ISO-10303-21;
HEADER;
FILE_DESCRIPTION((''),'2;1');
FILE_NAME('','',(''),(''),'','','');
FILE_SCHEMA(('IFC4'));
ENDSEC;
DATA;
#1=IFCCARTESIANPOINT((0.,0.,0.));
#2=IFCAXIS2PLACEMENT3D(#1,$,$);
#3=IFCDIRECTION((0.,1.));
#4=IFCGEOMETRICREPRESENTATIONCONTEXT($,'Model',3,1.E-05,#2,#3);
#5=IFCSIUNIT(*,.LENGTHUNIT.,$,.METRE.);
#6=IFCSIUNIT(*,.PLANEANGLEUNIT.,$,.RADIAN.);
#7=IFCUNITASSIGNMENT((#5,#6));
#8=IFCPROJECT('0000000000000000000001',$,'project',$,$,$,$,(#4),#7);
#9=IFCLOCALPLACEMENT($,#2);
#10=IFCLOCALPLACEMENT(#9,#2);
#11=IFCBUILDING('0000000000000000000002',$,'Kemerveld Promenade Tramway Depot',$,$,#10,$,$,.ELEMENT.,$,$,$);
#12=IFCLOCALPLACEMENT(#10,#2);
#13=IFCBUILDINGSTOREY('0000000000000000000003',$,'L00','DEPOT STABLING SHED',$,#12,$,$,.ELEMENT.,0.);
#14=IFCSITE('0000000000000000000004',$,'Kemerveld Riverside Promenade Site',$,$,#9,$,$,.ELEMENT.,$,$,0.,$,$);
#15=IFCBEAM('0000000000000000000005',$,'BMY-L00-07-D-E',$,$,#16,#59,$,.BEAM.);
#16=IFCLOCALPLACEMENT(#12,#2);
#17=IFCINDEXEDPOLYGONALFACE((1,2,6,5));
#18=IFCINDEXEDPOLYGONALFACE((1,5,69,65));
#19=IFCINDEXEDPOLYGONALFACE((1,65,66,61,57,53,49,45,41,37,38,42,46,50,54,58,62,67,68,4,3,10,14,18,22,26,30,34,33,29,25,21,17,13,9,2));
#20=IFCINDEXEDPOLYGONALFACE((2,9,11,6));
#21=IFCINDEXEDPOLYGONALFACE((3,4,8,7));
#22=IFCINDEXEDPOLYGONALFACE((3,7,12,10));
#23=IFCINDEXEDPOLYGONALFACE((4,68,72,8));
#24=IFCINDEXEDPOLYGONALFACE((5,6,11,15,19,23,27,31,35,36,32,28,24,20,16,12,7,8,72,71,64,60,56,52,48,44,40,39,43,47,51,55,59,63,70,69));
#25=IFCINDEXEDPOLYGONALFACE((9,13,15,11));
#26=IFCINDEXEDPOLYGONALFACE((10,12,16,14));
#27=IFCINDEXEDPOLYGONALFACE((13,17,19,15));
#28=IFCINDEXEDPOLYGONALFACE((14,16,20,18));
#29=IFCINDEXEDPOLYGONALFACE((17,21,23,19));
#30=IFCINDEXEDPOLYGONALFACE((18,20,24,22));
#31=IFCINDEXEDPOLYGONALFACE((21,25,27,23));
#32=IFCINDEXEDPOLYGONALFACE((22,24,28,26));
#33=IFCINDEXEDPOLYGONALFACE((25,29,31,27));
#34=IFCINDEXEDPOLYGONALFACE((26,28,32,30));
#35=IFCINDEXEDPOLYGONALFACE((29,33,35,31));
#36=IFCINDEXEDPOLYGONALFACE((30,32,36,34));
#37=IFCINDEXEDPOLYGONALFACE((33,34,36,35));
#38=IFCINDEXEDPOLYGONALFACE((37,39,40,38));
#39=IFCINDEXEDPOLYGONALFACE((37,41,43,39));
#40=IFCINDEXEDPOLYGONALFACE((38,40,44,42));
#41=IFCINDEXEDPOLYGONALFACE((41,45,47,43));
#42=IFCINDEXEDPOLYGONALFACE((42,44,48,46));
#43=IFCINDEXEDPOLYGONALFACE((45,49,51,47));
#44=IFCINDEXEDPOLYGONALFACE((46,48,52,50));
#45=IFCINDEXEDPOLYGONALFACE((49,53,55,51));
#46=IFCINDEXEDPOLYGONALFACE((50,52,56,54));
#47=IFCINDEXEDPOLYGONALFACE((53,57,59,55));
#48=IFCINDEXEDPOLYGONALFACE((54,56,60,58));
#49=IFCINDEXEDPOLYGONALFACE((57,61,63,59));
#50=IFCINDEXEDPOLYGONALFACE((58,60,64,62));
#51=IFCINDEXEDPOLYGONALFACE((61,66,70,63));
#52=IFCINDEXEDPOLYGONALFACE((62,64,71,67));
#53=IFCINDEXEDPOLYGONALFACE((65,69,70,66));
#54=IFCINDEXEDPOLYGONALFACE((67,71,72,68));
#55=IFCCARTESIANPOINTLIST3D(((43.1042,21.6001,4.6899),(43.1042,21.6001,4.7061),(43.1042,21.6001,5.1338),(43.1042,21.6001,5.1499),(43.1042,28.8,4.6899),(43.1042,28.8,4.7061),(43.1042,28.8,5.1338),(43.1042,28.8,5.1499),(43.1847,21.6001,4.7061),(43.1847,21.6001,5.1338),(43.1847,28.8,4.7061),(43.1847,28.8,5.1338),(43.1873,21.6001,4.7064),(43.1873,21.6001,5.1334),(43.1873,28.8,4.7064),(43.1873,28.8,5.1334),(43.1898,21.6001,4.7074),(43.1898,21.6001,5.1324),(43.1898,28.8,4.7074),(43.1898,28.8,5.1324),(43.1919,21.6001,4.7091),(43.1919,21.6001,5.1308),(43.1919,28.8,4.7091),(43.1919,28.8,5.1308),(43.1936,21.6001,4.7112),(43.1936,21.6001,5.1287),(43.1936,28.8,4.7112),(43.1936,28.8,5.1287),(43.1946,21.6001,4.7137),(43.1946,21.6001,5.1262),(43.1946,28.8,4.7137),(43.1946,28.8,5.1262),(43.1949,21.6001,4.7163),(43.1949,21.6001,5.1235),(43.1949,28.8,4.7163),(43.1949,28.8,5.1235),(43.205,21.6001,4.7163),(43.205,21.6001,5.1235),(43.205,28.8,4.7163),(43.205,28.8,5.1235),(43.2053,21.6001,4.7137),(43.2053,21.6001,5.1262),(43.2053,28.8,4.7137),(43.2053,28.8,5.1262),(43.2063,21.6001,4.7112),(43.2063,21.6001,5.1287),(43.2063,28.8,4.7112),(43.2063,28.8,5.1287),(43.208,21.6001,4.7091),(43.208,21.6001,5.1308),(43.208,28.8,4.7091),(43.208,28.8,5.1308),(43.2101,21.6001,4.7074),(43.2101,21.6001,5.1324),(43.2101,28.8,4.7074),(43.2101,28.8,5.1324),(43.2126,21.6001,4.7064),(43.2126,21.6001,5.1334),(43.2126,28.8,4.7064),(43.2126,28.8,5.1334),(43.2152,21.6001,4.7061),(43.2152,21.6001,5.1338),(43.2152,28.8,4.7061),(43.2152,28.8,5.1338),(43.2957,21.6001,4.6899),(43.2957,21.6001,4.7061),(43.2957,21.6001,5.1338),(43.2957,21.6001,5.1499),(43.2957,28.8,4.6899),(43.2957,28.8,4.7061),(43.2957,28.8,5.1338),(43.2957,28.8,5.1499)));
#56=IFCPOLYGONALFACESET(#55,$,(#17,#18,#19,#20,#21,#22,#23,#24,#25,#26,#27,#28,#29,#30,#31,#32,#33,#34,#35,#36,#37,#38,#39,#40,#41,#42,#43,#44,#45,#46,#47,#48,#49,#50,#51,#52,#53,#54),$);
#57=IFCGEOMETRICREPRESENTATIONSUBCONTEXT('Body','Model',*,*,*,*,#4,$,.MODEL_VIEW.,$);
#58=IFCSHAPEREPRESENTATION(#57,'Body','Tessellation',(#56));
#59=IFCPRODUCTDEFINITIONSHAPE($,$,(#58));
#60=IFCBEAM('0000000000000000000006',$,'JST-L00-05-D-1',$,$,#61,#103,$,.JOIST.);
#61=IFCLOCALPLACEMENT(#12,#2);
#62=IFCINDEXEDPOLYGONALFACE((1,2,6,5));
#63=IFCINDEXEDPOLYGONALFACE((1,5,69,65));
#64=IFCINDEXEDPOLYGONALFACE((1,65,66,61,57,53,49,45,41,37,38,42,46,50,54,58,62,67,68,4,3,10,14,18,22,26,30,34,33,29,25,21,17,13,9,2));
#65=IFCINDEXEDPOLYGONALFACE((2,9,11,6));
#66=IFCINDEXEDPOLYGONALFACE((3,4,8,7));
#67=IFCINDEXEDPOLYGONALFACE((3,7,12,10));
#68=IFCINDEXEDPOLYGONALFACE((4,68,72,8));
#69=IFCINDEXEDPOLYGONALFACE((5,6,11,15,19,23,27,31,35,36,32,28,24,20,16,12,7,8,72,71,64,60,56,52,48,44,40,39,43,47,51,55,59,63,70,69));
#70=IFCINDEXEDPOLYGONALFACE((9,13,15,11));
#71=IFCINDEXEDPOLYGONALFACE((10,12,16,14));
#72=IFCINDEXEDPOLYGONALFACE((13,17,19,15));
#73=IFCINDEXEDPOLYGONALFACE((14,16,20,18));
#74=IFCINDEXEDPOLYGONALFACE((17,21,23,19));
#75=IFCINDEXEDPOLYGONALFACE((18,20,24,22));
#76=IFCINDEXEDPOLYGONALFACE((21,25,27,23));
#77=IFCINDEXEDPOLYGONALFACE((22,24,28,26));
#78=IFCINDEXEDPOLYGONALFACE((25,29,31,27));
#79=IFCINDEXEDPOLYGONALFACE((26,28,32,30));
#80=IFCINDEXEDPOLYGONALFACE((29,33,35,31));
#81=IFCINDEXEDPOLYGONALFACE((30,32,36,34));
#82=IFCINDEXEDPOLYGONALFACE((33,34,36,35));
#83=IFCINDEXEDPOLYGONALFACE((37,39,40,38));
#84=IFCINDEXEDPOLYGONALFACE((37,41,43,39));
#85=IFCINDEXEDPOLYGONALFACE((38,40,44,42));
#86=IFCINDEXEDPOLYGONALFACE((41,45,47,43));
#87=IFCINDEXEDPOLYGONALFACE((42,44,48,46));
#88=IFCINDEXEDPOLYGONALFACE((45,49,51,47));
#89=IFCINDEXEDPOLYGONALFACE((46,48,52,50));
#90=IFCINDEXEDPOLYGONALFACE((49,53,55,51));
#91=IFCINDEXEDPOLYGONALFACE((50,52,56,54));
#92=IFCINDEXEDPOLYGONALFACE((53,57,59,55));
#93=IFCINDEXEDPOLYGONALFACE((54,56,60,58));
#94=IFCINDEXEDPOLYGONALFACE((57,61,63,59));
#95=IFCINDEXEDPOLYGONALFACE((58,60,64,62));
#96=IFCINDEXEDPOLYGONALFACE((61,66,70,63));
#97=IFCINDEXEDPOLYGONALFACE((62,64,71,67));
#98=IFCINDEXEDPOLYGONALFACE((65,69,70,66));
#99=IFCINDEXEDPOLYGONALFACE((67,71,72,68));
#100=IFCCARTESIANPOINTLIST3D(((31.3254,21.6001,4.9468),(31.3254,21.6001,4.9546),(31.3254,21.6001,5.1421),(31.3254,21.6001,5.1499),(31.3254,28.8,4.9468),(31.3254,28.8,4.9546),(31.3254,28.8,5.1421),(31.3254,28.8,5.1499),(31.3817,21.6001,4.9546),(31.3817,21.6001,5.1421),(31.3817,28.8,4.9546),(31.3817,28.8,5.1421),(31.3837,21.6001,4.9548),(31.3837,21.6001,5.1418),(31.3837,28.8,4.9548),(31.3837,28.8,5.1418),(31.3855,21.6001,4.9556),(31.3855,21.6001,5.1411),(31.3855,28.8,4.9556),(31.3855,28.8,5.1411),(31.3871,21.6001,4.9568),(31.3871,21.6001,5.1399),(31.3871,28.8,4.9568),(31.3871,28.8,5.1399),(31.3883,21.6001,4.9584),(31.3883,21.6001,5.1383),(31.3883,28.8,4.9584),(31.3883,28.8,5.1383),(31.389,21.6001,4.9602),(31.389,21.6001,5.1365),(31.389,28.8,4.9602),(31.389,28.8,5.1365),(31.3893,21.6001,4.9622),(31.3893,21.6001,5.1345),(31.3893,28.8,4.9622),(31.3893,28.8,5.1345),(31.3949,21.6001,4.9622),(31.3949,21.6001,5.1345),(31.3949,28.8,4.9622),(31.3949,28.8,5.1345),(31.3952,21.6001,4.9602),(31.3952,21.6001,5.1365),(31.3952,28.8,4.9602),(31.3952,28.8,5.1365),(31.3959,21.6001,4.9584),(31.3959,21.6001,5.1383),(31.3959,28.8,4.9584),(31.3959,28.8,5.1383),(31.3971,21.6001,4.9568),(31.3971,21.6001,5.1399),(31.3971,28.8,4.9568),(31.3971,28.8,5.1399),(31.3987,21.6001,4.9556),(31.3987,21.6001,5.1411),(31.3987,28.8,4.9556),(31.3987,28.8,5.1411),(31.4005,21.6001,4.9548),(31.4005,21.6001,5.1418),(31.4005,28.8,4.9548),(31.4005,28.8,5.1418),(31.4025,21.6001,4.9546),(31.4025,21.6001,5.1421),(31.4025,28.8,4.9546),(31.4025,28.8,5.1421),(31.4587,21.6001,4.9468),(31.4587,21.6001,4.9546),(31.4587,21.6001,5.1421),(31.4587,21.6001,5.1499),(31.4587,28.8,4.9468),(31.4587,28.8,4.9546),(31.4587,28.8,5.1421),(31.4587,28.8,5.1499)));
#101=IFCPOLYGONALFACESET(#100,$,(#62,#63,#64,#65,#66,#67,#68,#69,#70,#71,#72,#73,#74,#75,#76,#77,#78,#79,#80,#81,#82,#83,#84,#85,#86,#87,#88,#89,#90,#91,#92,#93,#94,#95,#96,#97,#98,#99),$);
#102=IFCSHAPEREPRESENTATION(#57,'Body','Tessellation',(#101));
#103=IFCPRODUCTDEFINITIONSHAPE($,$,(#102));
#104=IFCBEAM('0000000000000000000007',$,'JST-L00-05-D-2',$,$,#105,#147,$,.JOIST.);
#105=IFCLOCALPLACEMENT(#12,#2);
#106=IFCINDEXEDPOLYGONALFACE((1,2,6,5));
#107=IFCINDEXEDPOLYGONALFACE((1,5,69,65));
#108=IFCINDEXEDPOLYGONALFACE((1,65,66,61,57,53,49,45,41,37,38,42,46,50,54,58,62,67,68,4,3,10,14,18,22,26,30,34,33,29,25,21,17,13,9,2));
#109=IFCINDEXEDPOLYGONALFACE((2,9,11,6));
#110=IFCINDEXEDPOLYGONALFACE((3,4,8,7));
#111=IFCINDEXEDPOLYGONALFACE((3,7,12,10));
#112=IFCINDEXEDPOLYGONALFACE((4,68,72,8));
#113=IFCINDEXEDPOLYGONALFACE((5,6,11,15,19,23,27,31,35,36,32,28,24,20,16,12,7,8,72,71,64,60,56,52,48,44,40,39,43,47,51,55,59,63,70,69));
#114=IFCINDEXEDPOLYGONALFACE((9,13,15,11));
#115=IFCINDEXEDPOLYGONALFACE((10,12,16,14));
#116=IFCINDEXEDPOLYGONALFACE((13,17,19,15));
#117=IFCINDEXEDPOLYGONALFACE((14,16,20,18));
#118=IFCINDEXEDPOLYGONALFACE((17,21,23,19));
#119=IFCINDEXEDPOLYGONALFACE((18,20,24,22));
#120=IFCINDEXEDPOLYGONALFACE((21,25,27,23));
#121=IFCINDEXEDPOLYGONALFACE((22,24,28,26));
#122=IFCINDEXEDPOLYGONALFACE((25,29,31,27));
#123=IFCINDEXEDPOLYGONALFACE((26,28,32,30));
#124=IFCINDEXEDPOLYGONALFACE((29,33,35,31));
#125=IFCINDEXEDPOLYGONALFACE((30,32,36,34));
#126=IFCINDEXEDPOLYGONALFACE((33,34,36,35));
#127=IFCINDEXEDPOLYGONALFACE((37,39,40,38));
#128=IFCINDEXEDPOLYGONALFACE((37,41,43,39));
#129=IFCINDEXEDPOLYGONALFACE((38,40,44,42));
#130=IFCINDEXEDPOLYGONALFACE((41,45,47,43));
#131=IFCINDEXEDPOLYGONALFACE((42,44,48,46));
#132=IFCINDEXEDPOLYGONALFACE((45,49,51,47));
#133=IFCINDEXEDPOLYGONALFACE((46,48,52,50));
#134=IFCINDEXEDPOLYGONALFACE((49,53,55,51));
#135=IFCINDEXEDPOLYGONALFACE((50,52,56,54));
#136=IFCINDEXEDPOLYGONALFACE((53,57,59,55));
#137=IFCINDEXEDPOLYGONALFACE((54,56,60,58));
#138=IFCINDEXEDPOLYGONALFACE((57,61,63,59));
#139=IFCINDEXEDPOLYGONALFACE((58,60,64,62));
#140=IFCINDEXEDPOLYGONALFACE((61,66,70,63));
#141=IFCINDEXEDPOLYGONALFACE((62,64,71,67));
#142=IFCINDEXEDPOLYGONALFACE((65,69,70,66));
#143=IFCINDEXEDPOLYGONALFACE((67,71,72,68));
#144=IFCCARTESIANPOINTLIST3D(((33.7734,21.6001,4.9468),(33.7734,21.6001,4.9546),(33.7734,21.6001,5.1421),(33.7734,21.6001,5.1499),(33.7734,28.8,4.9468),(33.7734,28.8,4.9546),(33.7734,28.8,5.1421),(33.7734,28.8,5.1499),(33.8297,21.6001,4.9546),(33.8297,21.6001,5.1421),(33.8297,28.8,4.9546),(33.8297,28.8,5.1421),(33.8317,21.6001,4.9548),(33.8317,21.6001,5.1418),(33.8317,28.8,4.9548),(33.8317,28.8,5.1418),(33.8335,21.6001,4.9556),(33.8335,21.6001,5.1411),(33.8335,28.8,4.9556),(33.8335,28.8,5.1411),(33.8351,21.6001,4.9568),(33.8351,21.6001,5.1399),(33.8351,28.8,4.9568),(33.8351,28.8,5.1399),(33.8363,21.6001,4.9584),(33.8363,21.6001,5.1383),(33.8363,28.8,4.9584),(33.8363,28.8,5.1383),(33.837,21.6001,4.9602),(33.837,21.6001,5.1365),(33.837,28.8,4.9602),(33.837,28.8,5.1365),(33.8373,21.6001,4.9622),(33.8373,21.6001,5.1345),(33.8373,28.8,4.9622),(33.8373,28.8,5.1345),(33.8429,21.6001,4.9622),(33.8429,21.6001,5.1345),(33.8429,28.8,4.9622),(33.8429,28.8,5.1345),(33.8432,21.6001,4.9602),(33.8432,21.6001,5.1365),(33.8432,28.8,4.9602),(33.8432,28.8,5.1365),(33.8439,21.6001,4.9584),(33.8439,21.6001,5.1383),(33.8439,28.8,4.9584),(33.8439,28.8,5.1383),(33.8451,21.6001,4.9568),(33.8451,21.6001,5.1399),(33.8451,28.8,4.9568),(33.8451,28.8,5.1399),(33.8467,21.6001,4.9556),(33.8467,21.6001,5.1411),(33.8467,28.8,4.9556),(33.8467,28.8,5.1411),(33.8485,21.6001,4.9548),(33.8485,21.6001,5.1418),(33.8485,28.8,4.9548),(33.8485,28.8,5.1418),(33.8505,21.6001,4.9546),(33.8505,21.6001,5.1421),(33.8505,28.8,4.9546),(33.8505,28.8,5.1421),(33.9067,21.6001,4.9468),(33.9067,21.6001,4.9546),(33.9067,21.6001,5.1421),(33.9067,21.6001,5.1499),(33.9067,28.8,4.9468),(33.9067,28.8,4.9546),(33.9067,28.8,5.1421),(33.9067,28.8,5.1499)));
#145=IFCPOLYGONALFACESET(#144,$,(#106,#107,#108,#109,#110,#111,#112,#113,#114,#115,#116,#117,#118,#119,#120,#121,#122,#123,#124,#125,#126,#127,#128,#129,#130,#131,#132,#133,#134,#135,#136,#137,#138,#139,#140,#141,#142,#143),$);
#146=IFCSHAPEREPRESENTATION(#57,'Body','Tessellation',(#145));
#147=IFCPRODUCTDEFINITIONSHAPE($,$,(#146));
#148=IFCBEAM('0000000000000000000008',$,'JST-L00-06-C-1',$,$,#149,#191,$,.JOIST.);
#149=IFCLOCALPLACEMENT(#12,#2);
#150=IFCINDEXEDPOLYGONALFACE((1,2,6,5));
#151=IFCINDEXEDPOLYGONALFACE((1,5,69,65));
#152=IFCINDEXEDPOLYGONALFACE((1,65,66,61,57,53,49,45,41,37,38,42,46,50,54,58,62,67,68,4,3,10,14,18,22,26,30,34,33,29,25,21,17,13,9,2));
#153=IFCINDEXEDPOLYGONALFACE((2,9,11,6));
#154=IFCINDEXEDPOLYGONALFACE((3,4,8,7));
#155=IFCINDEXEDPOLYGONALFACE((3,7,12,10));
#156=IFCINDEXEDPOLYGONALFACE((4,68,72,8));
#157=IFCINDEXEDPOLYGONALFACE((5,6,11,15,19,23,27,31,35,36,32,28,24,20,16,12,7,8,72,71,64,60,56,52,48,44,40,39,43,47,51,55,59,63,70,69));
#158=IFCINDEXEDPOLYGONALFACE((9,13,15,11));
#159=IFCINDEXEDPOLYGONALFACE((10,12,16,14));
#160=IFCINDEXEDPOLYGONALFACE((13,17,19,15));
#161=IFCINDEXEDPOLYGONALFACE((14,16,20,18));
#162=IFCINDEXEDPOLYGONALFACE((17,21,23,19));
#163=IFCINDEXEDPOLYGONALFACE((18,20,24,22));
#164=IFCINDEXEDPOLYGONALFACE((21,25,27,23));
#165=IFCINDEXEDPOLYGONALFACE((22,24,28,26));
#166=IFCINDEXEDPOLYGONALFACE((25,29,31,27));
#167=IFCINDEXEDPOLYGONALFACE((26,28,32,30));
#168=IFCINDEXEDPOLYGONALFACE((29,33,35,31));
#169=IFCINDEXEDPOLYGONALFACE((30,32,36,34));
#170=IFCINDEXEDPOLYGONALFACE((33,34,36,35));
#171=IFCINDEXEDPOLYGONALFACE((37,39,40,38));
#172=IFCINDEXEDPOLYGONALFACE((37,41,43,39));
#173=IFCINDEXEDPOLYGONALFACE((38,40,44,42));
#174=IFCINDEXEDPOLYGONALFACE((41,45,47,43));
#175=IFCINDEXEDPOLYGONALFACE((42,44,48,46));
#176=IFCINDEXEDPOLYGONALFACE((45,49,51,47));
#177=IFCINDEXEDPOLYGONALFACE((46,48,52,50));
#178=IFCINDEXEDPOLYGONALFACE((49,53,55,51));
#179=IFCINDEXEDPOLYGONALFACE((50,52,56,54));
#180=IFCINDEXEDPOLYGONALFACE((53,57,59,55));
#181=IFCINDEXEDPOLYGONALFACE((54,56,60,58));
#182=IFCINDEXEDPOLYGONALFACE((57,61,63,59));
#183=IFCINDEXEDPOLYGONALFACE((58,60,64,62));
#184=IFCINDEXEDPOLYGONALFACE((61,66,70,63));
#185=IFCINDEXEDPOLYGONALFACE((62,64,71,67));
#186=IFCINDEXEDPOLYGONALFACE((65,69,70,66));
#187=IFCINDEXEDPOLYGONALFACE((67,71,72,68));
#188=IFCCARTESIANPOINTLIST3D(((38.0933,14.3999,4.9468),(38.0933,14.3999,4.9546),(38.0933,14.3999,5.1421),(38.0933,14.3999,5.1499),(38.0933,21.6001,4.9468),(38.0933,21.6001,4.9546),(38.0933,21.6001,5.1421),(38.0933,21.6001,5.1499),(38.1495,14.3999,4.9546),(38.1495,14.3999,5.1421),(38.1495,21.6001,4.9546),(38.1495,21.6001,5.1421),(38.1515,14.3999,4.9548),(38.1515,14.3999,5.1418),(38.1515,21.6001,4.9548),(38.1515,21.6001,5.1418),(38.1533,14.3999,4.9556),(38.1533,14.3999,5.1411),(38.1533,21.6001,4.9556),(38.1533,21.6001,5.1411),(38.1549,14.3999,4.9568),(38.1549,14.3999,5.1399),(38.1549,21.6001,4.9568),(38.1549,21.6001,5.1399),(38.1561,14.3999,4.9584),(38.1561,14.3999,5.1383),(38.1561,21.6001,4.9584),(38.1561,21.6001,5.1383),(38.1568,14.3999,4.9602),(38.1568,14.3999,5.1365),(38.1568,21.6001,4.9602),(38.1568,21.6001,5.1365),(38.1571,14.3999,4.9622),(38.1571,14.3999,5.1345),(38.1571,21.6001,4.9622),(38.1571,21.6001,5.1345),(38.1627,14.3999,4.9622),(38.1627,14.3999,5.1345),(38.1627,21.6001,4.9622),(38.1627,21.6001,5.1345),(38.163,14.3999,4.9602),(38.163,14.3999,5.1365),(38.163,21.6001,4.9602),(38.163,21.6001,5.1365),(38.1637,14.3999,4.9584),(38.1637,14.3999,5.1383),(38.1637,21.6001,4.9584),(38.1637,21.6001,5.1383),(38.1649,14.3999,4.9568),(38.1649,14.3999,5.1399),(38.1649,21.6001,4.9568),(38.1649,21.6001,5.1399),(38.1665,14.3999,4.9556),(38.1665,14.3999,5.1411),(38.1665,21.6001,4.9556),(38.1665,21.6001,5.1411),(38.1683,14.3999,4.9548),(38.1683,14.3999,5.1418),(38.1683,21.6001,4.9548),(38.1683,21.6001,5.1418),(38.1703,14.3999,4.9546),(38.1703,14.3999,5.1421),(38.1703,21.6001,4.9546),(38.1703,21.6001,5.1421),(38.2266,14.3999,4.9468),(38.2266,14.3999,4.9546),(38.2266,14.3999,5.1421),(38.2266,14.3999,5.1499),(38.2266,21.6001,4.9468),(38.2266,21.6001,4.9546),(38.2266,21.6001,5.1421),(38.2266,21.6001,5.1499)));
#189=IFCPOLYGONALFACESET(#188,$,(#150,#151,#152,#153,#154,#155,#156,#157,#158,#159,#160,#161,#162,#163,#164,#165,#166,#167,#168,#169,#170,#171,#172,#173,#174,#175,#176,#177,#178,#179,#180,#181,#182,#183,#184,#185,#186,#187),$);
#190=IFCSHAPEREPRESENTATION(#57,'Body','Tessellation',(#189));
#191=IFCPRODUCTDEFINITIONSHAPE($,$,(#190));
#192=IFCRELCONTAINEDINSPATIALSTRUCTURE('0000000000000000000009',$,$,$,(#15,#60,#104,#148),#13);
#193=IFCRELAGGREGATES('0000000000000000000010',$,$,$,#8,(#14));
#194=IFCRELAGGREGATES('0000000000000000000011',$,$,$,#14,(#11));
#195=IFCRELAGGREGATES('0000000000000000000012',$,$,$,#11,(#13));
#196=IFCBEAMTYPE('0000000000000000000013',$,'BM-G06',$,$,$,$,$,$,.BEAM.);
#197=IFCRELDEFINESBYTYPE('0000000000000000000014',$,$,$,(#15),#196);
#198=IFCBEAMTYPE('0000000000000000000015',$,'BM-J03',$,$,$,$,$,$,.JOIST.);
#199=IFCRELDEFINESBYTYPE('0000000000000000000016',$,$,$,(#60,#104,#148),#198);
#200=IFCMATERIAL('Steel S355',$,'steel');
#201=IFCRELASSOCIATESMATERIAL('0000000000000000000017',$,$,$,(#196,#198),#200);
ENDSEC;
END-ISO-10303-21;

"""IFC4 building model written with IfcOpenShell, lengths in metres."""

from ifc_helpers import new_model, si_unit, direction, frame, origin, origin_2d, place, context, subcontext, project, spatial, i_section, extrude, material, material_profile, profile_set, type_object, element, save


model = new_model("IFC4")

# Units and contexts
model_context = context("Model", 3, precision=1e-05, world=origin(), true_north=direction((0.0, 1.0)))
body_context = subcontext(model_context, "Body", "Model", "MODEL_VIEW")
ifc_project = project(units=[si_unit("LENGTHUNIT", "METRE"), si_unit("PLANEANGLEUNIT", "RADIAN")], contexts=[model_context])

# Site, building, storey
site_placement = place(None, origin())
site = spatial("IfcSite", under=ifc_project, at=site_placement, Name="Kemerveld Riverside Promenade Site", CompositionType="ELEMENT", RefElevation=0.0)
building_placement = place(site_placement, origin())
building = spatial("IfcBuilding", under=site, at=building_placement, Name="Kemerveld Promenade Tramway Depot", CompositionType="ELEMENT")
storey_placement = place(building_placement, origin())
storey = spatial("IfcBuildingStorey", under=building, at=storey_placement, Name="L00", Description="DEPOT STABLING SHED", CompositionType="ELEMENT", Elevation=0.0)

# Shared definitions
ifc_material_1 = material(Name="Steel S355", Category="steel")

# Beams
ifc_material_profile_1 = material_profile(ifc_material_1, i_section(OverallWidth=0.1914, OverallDepth=0.46, WebThickness=0.01, FlangeThickness=0.0161, FilletRadius=0.0103, at=origin_2d()), Name="457x191x82 UB")
ifc_profile_set_1 = profile_set([ifc_material_profile_1], Name="Steel S355")
beam_type_1 = type_object("IfcBeamType", Name="BM-G06", PredefinedType="BEAM", material=ifc_profile_set_1)
beam_1_placement = place(storey_placement, frame((43.2, 21.6001, 4.9199), z_axis=(0.0, 1.0, 0.0), x_axis=(-1.0, 0.0, 0.0)))
element("IfcBeam", 1, at=beam_1_placement, inside=storey, type_object=beam_type_1, Name="BMY-L00-07-D-E", PredefinedType="BEAM", context=body_context, shape_type="SweptSolid", body=[
    extrude(i_section(OverallWidth=0.1914, OverallDepth=0.46, WebThickness=0.01, FlangeThickness=0.0161, FilletRadius=0.0103, at=origin_2d()), origin(), (0.0, 0.0, 1.0), 7.2),
])
ifc_material_profile_2 = material_profile(ifc_material_1, i_section(OverallWidth=0.1333, OverallDepth=0.2031, WebThickness=0.0056, FlangeThickness=0.0078, FilletRadius=0.0076, at=origin_2d()), Name="203x133x25 UB")
ifc_profile_set_2 = profile_set([ifc_material_profile_2], Name="Steel S355")
beam_type_2 = type_object("IfcBeamType", Name="BM-J03", PredefinedType="JOIST", material=ifc_profile_set_2)
for number, where, z_axis, x_axis, name in (
    (2, (31.3921, 21.6001, 5.0483), (0.0, 1.0, 0.0), (-1.0, 0.0, 0.0), "JST-L00-05-D-1"),
    (3, (33.8401, 21.6001, 5.0483), (0.0, 1.0, 0.0), (-1.0, 0.0, 0.0), "JST-L00-05-D-2"),
):
    element("IfcBeam", number, at=place(storey_placement, frame(where, z_axis=z_axis, x_axis=x_axis)), inside=storey, type_object=beam_type_2, Name=name, PredefinedType="JOIST", context=body_context, shape_type="SweptSolid", body=[
        extrude(i_section(OverallWidth=0.1333, OverallDepth=0.2031, WebThickness=0.0056, FlangeThickness=0.0078, FilletRadius=0.0076, at=origin_2d()), origin(), (0.0, 0.0, 1.0), 7.2),
    ])
for number, where, z_axis, x_axis, name in (
    (4, (38.1599, 14.3999, 5.0483), (0.0, 1.0, 0.0), (-1.0, 0.0, 0.0), "JST-L00-06-C-1"),
):
    element("IfcBeam", number, at=place(storey_placement, frame(where, z_axis=z_axis, x_axis=x_axis)), inside=storey, type_object=beam_type_2, Name=name, PredefinedType="JOIST", context=body_context, shape_type="SweptSolid", body=[
        extrude(i_section(OverallWidth=0.1333, OverallDepth=0.2031, WebThickness=0.0056, FlangeThickness=0.0078, FilletRadius=0.0076, at=origin_2d()), origin(), (0.0, 0.0, 1.0), 7.2002),
    ])

save(model, "model.ifc")
